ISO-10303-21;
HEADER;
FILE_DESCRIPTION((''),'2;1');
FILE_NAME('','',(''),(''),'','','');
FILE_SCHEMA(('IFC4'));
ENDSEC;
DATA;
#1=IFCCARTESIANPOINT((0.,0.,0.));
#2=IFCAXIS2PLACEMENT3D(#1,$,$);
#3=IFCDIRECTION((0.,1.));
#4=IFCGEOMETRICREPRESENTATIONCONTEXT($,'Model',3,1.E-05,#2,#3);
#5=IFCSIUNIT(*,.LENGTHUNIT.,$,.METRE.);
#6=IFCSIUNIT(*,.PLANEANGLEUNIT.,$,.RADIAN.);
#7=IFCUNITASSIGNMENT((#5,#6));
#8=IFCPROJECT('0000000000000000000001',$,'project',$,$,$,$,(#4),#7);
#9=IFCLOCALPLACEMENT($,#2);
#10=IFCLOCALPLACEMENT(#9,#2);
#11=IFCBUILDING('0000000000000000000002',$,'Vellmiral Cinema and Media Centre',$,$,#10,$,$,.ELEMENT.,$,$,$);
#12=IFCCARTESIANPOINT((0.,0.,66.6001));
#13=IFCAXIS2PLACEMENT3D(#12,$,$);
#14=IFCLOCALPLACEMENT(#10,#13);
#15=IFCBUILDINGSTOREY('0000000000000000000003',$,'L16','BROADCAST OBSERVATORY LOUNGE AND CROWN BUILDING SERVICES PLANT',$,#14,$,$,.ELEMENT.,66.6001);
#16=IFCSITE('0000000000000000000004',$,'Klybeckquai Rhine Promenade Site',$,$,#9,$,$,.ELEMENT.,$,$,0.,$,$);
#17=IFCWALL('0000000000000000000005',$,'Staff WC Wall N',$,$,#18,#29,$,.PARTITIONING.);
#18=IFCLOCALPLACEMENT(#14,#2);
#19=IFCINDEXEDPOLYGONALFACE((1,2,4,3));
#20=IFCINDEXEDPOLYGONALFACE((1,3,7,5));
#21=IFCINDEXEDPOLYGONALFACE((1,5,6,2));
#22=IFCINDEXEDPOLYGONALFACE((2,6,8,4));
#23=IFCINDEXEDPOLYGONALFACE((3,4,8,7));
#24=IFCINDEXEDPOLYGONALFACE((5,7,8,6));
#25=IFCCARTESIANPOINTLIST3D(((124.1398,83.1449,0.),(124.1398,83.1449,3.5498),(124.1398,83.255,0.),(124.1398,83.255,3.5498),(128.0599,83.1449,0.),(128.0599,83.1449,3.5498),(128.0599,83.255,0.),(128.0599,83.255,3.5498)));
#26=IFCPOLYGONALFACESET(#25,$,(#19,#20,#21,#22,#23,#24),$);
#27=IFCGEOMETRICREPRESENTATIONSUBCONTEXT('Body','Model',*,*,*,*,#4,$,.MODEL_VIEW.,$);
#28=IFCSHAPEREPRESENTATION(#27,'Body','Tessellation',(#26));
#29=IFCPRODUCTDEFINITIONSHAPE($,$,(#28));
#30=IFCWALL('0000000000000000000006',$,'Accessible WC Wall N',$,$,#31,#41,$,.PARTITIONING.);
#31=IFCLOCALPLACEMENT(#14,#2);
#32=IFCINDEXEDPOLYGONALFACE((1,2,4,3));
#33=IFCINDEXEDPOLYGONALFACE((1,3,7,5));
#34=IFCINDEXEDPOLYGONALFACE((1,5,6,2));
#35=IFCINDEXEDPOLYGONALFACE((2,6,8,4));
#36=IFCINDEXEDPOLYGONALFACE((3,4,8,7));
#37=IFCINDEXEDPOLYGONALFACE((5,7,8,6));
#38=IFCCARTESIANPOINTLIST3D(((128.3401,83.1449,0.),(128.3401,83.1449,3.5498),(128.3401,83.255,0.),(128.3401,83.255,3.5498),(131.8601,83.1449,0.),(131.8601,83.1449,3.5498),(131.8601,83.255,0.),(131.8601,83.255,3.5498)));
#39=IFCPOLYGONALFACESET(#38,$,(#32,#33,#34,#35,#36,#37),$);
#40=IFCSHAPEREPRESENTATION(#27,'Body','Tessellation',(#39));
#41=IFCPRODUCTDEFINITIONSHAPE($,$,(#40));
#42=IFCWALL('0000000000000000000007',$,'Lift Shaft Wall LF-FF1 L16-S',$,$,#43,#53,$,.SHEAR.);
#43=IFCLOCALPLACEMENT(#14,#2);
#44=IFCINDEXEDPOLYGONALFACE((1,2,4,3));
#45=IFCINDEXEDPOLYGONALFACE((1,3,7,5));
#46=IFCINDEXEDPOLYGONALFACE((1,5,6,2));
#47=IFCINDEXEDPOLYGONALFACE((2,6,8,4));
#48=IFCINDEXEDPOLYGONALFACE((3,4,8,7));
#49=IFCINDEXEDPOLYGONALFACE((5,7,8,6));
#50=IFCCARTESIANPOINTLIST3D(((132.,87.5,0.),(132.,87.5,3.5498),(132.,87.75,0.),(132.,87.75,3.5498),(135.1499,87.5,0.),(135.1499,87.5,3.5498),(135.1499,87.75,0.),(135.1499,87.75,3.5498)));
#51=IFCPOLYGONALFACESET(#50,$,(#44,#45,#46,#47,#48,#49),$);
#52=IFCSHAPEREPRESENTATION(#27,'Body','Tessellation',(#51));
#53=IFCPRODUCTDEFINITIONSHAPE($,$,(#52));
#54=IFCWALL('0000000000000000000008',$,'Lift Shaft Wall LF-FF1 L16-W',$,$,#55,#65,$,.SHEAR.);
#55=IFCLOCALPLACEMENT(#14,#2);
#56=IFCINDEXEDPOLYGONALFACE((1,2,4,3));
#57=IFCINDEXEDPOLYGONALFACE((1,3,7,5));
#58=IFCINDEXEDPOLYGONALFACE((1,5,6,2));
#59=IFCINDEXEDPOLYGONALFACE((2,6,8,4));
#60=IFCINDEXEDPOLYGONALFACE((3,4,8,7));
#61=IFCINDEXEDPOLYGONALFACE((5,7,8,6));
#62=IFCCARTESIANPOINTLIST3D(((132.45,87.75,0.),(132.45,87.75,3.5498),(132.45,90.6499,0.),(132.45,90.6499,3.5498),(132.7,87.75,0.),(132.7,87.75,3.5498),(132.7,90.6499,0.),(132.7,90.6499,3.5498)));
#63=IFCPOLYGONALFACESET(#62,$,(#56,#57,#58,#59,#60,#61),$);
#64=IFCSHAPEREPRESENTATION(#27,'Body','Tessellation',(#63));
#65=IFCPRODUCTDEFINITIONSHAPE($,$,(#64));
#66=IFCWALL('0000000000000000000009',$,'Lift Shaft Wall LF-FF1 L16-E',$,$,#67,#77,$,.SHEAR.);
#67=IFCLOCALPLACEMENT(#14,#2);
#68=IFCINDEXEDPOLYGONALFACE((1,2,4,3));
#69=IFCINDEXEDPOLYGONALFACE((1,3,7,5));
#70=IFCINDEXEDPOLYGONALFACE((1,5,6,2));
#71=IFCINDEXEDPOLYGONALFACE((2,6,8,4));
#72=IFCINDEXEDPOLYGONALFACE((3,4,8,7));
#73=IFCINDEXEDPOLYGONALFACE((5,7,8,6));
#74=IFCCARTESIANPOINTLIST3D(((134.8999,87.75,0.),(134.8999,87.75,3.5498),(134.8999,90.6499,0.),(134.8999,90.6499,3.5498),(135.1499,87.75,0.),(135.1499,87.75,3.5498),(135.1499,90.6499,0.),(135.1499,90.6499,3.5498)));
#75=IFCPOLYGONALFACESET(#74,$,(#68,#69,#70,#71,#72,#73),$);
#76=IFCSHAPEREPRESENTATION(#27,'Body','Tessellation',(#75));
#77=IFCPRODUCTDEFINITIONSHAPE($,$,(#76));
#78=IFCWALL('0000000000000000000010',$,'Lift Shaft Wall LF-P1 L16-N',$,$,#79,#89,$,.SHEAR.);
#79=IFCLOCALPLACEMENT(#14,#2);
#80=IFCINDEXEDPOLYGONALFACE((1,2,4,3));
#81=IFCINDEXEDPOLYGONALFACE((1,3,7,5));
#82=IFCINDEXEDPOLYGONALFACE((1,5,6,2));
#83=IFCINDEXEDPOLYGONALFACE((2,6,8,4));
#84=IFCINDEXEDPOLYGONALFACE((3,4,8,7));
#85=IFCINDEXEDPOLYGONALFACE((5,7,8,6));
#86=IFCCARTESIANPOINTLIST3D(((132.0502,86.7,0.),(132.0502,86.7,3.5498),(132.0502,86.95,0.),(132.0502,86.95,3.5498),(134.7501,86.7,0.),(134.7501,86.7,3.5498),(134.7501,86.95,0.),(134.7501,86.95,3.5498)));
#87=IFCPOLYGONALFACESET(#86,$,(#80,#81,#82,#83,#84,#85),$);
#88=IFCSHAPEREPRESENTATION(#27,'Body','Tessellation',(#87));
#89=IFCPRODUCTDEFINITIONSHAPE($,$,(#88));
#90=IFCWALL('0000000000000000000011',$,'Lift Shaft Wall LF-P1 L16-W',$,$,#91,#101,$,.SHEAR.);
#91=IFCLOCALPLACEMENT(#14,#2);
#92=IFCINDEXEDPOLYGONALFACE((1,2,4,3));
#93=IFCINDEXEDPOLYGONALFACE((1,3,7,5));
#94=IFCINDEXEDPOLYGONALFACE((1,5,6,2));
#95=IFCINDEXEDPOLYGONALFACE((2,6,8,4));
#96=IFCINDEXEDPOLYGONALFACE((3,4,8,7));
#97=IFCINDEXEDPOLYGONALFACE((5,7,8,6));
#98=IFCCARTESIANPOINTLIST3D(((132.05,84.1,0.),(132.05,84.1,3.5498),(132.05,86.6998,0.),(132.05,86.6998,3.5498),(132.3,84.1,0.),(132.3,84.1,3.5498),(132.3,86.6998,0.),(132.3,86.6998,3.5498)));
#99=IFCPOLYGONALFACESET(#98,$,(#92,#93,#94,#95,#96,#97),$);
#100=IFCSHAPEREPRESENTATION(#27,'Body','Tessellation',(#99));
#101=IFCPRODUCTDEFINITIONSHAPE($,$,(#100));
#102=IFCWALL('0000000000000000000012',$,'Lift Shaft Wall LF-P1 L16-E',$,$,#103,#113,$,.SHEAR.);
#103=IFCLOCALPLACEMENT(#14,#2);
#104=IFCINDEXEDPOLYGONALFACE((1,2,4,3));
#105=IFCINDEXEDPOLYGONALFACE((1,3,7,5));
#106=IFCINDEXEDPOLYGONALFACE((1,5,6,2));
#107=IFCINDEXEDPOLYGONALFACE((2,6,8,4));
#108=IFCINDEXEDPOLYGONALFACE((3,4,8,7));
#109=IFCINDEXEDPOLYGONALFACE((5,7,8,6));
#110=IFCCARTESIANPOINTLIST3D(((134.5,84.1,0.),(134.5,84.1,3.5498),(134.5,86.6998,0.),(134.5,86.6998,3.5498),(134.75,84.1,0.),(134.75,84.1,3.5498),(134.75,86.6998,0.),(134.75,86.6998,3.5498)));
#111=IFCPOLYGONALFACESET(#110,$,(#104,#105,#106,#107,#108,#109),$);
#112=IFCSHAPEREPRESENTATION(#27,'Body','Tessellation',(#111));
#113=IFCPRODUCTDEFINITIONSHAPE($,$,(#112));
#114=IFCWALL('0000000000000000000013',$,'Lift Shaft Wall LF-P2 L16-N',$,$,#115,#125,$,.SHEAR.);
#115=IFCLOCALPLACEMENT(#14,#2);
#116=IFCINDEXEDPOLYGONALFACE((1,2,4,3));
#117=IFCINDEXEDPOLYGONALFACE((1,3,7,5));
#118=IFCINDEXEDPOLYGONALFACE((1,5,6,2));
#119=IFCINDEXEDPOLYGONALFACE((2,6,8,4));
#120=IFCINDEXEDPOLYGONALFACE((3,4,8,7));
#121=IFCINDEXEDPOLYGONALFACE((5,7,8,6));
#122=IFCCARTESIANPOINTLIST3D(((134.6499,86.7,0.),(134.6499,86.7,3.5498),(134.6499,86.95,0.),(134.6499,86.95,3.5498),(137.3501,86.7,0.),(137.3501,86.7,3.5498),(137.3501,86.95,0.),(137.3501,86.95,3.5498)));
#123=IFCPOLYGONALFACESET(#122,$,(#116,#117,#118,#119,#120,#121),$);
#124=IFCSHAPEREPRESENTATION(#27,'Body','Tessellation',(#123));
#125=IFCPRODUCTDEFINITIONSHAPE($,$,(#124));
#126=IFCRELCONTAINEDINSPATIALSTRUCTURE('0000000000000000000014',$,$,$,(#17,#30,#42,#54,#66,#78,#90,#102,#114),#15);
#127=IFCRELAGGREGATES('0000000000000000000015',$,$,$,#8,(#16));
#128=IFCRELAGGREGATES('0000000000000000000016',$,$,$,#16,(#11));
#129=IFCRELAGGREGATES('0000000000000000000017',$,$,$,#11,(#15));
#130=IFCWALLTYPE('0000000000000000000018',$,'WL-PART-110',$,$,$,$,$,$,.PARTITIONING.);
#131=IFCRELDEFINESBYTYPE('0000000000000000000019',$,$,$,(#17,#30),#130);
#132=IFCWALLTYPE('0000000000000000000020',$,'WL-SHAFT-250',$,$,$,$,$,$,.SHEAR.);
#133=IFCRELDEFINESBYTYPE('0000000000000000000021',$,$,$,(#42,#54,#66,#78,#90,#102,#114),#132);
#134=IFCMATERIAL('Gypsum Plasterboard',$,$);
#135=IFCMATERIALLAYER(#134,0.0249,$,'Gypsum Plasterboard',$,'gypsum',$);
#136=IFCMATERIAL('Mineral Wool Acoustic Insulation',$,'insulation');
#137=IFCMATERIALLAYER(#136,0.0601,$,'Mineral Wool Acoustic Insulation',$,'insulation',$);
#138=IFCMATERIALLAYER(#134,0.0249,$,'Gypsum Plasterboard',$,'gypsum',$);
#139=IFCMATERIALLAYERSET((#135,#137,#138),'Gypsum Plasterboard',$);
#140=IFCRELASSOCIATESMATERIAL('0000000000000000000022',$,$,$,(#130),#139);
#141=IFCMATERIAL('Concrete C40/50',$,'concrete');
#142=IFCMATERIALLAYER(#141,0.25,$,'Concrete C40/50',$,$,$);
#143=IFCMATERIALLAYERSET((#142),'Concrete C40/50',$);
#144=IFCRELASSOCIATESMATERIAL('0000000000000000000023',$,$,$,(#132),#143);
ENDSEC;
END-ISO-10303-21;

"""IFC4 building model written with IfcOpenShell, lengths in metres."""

from ifc_helpers import new_model, si_unit, direction, frame, frame_2d, origin, place, context, subcontext, project, spatial, rectangle, extrude, material, layer, layer_set, type_object, element, save


model = new_model("IFC4")

# Units and contexts
model_context = context("Model", 3, precision=1e-05, world=origin(), true_north=direction((0.0, 1.0)))
body_context = subcontext(model_context, "Body", "Model", "MODEL_VIEW")
ifc_project = project(units=[si_unit("LENGTHUNIT", "METRE"), si_unit("PLANEANGLEUNIT", "RADIAN")], contexts=[model_context])

# Site, building, storey
site_placement = place(None, origin())
site = spatial("IfcSite", under=ifc_project, at=site_placement, Name="Klybeckquai Rhine Promenade Site", CompositionType="ELEMENT", RefElevation=0.0)
building_placement = place(site_placement, origin())
building = spatial("IfcBuilding", under=site, at=building_placement, Name="Vellmiral Cinema and Media Centre", CompositionType="ELEMENT")
storey_placement = place(building_placement, frame((0.0, 0.0, 66.6001)))
storey = spatial("IfcBuildingStorey", under=building, at=storey_placement, Name="L16", Description="BROADCAST OBSERVATORY LOUNGE AND CROWN BUILDING SERVICES PLANT", CompositionType="ELEMENT", Elevation=66.6001)

# Walls
ifc_material_1 = material(Name="Gypsum Plasterboard")
ifc_layer_1 = layer(ifc_material_1, 0.0249, Name="Gypsum Plasterboard", Category="gypsum")
ifc_material_2 = material(Name="Mineral Wool Acoustic Insulation", Category="insulation")
ifc_layer_2 = layer(ifc_material_2, 0.0601, Name="Mineral Wool Acoustic Insulation", Category="insulation")
ifc_layer_3 = layer(ifc_material_1, 0.0249, Name="Gypsum Plasterboard", Category="gypsum")
ifc_layer_set_1 = layer_set([ifc_layer_1, ifc_layer_2, ifc_layer_3], Name="Gypsum Plasterboard")
wall_type_1 = type_object("IfcWallType", Name="WL-PART-110", PredefinedType="PARTITIONING", material=ifc_layer_set_1)
wall_1_placement = place(storey_placement, frame((124.1399, 83.2, 0.0), z_axis=(0.0, 0.0, 1.0), x_axis=(1.0, 0.0, 0.0)))
element("IfcWall", 1, at=wall_1_placement, inside=storey, type_object=wall_type_1, Name="Staff WC Wall N", PredefinedType="PARTITIONING", context=body_context, shape_type="SweptSolid", body=[
    extrude(rectangle(XDim=3.9202, YDim=0.1101, at=frame_2d((1.96, 0.0))), origin(), (0.0, 0.0, 1.0), 3.5498),
])
wall_2_placement = place(storey_placement, frame((128.3401, 83.2, 0.0), z_axis=(0.0, 0.0, 1.0), x_axis=(1.0, 0.0, 0.0)))
element("IfcWall", 2, at=wall_2_placement, inside=storey, type_object=wall_type_1, Name="Accessible WC Wall N", PredefinedType="PARTITIONING", context=body_context, shape_type="SweptSolid", body=[
    extrude(rectangle(XDim=3.52, YDim=0.1101, at=frame_2d((1.76, 0.0))), origin(), (0.0, 0.0, 1.0), 3.5498),
])
ifc_material_3 = material(Name="Concrete C40/50", Category="concrete")
ifc_layer_4 = layer(ifc_material_3, 0.25, Name="Concrete C40/50")
ifc_layer_set_2 = layer_set([ifc_layer_4], Name="Concrete C40/50")
wall_type_2 = type_object("IfcWallType", Name="WL-SHAFT-250", PredefinedType="SHEAR", material=ifc_layer_set_2)
wall_3_placement = place(storey_placement, frame((132.0, 87.625, 0.0), z_axis=(0.0, 0.0, 1.0), x_axis=(1.0, 0.0, 0.0)))
element("IfcWall", 3, at=wall_3_placement, inside=storey, type_object=wall_type_2, Name="Lift Shaft Wall LF-FF1 L16-S", PredefinedType="SHEAR", context=body_context, shape_type="SweptSolid", body=[
    extrude(rectangle(XDim=3.1499, YDim=0.25, at=frame_2d((1.575, 0.0))), origin(), (0.0, 0.0, 1.0), 3.5498),
])
for number, where, z_axis, x_axis, name in (
    (4, (132.575, 87.75, 0.0), (0.0, 0.0, 1.0), (0.0, 1.0, 0.0), "Lift Shaft Wall LF-FF1 L16-W"),
    (5, (135.0249, 87.75, 0.0), (0.0, 0.0, 1.0), (0.0, 1.0, 0.0), "Lift Shaft Wall LF-FF1 L16-E"),
):
    element("IfcWall", number, at=place(storey_placement, frame(where, z_axis=z_axis, x_axis=x_axis)), inside=storey, type_object=wall_type_2, Name=name, PredefinedType="SHEAR", context=body_context, shape_type="SweptSolid", body=[
        extrude(rectangle(XDim=2.8999, YDim=0.25, at=frame_2d((1.45, 0.0))), origin(), (0.0, 0.0, 1.0), 3.5498),
    ])

# Walls
wall_4_placement = place(storey_placement, frame((132.05, 86.825, 0.0), z_axis=(0.0, 0.0, 1.0), x_axis=(1.0, 0.0, 0.0)))
element("IfcWall", 6, at=wall_4_placement, inside=storey, type_object=wall_type_2, Name="Lift Shaft Wall LF-P1 L16-N", PredefinedType="SHEAR", context=body_context, shape_type="SweptSolid", body=[
    extrude(rectangle(XDim=2.7, YDim=0.25, at=frame_2d((1.3501, 0.0))), origin(), (0.0, 0.0, 1.0), 3.5498),
])
for number, where, z_axis, x_axis, name in (
    (7, (132.175, 84.1001, 0.0), (0.0, 0.0, 1.0), (0.0, 1.0, 0.0), "Lift Shaft Wall LF-P1 L16-W"),
    (8, (134.625, 84.1001, 0.0), (0.0, 0.0, 1.0), (0.0, 1.0, 0.0), "Lift Shaft Wall LF-P1 L16-E"),
):
    element("IfcWall", number, at=place(storey_placement, frame(where, z_axis=z_axis, x_axis=x_axis)), inside=storey, type_object=wall_type_2, Name=name, PredefinedType="SHEAR", context=body_context, shape_type="SweptSolid", body=[
        extrude(rectangle(XDim=2.5999, YDim=0.25, at=frame_2d((1.2998, 0.0))), origin(), (0.0, 0.0, 1.0), 3.5498),
    ])

# Wall
wall_5_placement = place(storey_placement, frame((134.6499, 86.825, 0.0), z_axis=(0.0, 0.0, 1.0), x_axis=(1.0, 0.0, 0.0)))
element("IfcWall", 9, at=wall_5_placement, inside=storey, type_object=wall_type_2, Name="Lift Shaft Wall LF-P2 L16-N", PredefinedType="SHEAR", context=body_context, shape_type="SweptSolid", body=[
    extrude(rectangle(XDim=2.7002, YDim=0.25, at=frame_2d((1.3501, 0.0))), origin(), (0.0, 0.0, 1.0), 3.5498),
])

save(model, "model.ifc")
